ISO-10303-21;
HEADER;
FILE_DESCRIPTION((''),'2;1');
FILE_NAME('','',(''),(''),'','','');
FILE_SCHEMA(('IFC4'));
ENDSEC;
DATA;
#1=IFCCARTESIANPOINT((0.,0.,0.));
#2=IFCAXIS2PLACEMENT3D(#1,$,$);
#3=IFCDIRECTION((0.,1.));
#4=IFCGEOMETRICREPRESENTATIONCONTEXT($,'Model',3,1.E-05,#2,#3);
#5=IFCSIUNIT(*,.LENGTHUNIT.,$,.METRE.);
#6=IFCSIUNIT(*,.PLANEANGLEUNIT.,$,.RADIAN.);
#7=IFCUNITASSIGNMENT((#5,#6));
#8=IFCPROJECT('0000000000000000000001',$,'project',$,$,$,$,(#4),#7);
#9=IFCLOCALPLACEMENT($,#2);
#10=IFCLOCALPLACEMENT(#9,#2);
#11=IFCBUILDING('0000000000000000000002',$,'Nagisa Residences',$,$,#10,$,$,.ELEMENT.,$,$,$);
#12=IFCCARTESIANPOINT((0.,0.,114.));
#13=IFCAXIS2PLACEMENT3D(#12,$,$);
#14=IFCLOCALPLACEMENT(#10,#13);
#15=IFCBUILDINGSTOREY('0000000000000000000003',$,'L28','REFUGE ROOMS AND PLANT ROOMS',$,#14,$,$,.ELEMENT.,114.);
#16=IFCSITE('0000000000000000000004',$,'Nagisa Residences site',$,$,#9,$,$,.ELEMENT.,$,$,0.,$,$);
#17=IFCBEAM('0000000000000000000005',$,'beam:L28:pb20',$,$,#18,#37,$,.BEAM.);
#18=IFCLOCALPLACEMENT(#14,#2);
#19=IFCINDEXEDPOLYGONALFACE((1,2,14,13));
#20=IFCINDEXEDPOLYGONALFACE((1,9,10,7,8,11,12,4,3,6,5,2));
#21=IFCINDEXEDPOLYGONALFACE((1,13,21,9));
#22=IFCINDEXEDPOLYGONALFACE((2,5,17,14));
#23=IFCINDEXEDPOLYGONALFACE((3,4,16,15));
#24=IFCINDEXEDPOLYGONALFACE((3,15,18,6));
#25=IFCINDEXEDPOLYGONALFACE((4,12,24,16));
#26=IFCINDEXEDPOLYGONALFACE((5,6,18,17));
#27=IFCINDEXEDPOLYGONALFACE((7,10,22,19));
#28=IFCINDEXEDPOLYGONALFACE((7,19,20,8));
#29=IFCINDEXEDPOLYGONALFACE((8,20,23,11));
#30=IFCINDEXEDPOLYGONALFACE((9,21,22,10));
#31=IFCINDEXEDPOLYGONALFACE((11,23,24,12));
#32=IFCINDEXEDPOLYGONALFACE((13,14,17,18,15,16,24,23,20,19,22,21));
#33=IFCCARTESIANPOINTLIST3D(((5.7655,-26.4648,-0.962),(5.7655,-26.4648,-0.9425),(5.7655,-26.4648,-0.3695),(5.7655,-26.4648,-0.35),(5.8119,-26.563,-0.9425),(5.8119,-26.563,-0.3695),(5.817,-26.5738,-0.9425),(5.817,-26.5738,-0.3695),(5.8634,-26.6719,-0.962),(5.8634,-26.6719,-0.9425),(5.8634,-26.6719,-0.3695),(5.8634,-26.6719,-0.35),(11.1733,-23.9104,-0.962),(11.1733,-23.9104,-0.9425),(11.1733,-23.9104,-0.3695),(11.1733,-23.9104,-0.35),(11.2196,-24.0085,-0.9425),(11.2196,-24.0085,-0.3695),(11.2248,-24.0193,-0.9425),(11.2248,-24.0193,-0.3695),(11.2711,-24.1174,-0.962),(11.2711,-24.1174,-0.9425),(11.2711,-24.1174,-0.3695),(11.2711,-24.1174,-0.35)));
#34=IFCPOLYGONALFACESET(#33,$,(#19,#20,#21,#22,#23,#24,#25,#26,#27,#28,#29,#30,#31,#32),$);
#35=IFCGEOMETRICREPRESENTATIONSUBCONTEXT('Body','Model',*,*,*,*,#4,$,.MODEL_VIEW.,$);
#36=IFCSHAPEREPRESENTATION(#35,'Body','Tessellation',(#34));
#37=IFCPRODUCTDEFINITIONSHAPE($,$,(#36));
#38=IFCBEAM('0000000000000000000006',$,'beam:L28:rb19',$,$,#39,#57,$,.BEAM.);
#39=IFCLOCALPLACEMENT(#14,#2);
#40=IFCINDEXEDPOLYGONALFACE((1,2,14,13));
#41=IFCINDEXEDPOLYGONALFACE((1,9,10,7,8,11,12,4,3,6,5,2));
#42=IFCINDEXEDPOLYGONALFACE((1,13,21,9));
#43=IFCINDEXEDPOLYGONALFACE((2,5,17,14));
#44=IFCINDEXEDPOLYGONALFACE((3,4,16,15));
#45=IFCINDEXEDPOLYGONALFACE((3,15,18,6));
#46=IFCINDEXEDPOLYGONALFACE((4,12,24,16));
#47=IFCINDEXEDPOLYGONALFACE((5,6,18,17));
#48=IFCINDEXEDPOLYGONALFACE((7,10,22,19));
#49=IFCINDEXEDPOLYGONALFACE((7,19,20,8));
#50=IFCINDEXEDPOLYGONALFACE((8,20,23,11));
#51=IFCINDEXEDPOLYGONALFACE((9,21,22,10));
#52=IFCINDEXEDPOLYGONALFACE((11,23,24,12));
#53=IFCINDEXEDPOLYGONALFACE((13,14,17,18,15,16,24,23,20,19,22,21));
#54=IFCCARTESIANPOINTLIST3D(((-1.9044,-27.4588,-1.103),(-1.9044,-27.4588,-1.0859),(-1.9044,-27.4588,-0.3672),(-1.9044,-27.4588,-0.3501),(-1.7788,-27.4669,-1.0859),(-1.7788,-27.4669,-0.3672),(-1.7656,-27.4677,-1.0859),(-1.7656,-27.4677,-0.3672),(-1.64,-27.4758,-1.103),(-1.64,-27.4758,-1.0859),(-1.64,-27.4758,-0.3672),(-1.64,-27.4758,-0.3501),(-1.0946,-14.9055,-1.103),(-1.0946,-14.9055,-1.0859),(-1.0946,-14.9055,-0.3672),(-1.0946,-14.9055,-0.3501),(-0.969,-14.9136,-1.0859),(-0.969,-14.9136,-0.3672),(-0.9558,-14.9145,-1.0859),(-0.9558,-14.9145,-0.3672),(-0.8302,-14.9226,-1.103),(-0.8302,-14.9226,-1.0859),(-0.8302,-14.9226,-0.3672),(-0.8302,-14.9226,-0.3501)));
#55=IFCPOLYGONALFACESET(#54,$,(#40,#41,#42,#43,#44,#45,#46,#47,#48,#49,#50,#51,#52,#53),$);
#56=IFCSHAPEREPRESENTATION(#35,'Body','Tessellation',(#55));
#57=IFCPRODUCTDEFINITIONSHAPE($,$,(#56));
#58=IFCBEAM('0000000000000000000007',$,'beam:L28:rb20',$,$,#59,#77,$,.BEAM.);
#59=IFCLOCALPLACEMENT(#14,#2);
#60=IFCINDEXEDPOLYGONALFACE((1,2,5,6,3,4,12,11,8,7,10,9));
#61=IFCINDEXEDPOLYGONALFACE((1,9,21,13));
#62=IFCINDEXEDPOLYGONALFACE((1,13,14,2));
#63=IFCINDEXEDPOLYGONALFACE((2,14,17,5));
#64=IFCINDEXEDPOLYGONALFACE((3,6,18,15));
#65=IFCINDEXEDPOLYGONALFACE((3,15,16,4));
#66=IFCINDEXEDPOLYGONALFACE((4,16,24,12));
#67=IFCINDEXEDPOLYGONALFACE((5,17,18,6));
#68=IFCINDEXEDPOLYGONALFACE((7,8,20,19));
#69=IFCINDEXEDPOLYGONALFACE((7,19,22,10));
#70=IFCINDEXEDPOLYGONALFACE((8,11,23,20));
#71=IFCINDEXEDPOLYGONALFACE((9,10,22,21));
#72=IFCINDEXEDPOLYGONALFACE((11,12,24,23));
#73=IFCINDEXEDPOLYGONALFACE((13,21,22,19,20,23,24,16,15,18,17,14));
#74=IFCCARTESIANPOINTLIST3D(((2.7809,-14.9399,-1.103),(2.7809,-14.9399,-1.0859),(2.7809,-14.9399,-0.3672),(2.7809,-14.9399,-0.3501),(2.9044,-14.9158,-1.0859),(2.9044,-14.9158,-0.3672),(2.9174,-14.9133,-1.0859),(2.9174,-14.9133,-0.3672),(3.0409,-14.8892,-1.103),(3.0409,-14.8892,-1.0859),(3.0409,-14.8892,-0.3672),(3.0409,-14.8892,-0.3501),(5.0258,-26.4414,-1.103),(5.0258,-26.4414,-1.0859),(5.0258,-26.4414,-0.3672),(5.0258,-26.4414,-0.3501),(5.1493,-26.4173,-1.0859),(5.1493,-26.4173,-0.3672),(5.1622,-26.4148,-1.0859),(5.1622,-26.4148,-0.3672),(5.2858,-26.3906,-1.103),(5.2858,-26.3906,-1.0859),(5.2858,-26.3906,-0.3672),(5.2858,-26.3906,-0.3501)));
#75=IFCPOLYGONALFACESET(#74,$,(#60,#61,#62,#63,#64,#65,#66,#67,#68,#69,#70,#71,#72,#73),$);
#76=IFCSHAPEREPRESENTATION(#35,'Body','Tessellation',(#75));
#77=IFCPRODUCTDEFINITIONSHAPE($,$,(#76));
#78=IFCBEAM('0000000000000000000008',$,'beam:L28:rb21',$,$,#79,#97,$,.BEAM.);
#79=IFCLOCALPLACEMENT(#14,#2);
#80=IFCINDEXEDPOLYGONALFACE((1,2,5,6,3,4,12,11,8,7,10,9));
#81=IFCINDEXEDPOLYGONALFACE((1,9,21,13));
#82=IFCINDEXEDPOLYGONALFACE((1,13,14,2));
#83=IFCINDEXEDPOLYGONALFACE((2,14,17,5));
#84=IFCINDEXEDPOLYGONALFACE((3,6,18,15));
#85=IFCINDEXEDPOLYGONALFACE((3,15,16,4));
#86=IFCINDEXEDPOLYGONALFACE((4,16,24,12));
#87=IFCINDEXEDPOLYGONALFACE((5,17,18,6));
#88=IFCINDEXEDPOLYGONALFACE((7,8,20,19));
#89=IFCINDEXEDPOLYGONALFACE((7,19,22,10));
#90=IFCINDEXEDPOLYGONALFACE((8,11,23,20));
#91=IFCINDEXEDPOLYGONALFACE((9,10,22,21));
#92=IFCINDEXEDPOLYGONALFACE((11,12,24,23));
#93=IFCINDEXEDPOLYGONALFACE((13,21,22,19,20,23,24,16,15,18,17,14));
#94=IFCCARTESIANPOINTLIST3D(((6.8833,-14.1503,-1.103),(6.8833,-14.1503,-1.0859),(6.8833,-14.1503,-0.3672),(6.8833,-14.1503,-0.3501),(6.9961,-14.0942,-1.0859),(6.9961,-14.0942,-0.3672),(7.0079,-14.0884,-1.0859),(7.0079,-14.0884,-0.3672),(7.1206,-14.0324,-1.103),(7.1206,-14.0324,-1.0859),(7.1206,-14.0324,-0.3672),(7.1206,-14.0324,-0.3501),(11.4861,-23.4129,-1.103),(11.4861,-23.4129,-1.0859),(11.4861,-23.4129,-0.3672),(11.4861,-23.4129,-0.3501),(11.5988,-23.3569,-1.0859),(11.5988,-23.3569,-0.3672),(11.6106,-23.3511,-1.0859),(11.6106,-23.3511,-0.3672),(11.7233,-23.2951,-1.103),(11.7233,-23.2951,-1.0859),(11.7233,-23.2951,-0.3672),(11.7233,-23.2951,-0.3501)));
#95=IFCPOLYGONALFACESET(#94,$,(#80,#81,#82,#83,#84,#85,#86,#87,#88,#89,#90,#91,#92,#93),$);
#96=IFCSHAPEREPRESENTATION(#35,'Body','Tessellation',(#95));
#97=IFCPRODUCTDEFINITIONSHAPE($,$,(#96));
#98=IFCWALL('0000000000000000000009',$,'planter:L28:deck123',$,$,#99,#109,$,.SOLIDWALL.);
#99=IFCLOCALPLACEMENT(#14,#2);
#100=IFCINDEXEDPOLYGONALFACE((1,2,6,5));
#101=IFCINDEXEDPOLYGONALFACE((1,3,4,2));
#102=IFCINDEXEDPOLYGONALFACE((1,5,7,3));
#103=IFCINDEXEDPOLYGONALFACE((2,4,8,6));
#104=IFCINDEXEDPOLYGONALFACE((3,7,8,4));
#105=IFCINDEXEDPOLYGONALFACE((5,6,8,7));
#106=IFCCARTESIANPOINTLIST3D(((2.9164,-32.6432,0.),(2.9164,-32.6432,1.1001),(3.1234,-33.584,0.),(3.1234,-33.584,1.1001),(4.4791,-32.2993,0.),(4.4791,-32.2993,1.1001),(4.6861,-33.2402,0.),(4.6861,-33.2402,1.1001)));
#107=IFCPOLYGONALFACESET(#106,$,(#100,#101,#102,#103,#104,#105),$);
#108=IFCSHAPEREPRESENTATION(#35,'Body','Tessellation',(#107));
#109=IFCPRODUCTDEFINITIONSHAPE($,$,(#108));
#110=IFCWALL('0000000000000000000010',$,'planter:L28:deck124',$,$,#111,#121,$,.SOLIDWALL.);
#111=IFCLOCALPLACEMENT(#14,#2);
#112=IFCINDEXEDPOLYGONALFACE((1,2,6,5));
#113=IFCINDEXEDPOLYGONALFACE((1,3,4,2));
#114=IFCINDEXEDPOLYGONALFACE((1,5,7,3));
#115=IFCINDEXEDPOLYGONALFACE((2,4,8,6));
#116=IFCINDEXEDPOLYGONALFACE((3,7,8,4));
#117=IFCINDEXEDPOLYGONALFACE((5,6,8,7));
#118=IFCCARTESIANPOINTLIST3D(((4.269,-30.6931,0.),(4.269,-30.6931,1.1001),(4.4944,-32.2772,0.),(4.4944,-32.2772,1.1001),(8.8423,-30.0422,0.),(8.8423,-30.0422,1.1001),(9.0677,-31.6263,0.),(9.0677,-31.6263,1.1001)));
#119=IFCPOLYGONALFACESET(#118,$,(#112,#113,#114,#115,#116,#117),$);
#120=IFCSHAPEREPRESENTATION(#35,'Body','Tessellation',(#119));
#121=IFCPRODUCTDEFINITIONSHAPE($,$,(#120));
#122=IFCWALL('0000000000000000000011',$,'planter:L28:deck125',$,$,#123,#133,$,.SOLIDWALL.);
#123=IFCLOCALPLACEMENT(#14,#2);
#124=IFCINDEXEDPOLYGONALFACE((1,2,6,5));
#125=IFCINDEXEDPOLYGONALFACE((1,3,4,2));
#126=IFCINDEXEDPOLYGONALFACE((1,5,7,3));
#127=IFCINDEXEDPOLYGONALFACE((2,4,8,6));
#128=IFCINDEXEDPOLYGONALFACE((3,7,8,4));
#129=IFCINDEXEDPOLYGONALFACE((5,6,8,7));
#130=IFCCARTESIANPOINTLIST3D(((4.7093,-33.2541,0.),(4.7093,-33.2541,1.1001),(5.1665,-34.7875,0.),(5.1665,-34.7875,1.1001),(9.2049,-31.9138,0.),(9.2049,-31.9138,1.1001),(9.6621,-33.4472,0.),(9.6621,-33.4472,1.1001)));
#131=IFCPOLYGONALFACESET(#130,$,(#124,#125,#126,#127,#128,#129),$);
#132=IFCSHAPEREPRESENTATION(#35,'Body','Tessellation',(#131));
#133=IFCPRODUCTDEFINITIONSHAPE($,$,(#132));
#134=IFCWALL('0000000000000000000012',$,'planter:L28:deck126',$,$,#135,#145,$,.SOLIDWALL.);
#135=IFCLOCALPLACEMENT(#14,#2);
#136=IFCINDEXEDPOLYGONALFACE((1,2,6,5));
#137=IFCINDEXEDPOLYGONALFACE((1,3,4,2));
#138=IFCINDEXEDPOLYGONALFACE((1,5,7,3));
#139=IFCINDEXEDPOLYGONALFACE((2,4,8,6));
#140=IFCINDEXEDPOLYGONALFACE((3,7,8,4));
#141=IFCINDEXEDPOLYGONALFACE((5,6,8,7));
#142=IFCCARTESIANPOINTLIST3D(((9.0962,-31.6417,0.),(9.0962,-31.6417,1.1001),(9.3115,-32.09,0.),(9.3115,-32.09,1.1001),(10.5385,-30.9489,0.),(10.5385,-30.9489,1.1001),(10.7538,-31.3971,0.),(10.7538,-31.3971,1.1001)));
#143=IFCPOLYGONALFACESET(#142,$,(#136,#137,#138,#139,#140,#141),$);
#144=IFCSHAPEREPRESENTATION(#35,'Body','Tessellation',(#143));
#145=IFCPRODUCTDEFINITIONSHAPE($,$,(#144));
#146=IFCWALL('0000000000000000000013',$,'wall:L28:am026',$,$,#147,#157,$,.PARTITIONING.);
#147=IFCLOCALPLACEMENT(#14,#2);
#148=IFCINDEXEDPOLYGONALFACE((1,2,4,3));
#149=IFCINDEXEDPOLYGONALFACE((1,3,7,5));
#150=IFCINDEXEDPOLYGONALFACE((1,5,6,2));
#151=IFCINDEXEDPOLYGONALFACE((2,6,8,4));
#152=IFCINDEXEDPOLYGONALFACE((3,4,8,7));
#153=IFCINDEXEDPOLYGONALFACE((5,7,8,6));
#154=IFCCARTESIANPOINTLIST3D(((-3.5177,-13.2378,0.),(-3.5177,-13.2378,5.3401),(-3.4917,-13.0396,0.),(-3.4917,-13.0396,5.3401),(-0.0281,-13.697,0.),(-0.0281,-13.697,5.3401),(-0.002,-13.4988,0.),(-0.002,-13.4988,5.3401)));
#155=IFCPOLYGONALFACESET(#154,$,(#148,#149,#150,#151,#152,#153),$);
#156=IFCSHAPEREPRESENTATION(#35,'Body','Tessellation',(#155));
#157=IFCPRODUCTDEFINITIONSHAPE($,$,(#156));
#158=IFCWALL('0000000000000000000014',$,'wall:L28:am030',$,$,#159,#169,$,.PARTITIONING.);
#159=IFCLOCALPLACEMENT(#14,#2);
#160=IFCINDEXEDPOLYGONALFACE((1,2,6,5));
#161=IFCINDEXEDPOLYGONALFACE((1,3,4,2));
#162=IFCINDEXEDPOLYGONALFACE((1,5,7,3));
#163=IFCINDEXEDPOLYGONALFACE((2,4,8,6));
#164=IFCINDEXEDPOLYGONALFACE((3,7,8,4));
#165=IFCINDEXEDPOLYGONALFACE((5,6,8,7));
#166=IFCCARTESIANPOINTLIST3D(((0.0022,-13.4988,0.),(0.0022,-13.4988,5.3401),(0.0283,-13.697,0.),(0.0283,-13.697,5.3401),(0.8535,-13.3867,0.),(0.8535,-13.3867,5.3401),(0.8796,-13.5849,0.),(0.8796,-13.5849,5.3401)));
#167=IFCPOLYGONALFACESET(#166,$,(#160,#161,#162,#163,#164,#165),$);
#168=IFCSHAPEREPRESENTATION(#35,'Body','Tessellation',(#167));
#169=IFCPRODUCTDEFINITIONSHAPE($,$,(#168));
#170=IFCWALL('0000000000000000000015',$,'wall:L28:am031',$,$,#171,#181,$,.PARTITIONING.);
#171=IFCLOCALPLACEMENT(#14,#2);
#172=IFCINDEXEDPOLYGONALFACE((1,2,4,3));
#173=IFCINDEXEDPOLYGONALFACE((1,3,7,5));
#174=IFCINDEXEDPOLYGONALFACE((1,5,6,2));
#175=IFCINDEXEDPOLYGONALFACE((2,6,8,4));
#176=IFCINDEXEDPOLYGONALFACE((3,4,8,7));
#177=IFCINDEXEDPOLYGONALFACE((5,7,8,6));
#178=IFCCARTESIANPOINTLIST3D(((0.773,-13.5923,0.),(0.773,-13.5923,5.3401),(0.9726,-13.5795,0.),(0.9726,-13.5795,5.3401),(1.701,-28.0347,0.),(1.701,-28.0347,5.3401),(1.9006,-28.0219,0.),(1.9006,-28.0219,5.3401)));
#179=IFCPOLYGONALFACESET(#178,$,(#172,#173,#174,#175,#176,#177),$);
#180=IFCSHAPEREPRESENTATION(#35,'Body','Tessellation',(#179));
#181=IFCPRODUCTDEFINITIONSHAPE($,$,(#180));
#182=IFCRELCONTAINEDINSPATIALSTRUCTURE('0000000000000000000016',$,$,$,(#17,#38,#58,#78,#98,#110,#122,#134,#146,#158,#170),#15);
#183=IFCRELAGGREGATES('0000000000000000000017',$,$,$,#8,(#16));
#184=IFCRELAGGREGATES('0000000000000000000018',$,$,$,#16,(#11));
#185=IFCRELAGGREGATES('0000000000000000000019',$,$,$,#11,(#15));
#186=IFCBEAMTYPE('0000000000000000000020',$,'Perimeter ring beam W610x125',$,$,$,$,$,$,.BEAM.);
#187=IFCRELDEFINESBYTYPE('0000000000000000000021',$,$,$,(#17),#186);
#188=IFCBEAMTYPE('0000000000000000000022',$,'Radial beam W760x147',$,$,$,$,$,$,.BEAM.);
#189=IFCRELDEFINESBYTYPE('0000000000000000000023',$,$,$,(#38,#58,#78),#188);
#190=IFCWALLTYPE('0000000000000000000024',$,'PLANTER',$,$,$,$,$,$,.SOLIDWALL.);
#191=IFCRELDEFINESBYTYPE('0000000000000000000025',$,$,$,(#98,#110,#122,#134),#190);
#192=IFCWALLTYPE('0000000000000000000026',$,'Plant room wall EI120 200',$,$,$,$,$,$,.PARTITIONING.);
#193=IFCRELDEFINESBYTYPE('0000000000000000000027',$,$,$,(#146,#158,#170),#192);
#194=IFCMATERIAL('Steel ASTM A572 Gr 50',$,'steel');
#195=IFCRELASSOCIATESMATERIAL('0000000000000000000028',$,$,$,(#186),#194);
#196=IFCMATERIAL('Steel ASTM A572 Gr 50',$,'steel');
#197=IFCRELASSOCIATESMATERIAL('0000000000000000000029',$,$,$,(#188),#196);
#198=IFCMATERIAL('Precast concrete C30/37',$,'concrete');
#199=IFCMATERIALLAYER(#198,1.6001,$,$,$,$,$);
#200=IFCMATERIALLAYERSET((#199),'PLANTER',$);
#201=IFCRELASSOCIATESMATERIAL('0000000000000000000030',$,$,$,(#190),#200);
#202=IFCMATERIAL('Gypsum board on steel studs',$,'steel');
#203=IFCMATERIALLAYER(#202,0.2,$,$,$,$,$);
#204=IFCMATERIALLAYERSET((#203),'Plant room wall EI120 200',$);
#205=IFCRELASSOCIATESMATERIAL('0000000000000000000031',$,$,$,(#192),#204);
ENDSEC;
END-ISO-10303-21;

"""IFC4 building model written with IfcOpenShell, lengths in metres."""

from ifc_helpers import new_model, si_unit, direction, frame, frame_2d, origin, origin_2d, place, context, subcontext, project, spatial, rectangle, i_section, extrude, material, layer, layer_set, material_profile, profile_set, type_object, element, save


model = new_model("IFC4")

# Units and contexts
model_context = context("Model", 3, precision=1e-05, world=origin(), true_north=direction((0.0, 1.0)))
body_context = subcontext(model_context, "Body", "Model", "MODEL_VIEW")
ifc_project = project(units=[si_unit("LENGTHUNIT", "METRE"), si_unit("PLANEANGLEUNIT", "RADIAN")], contexts=[model_context])

# Site, building, storey
site_placement = place(None, origin())
site = spatial("IfcSite", under=ifc_project, at=site_placement, Name="Nagisa Residences site", CompositionType="ELEMENT", RefElevation=0.0)
building_placement = place(site_placement, origin())
building = spatial("IfcBuilding", under=site, at=building_placement, Name="Nagisa Residences", CompositionType="ELEMENT")
storey_placement = place(building_placement, frame((0.0, 0.0, 114.0)))
storey = spatial("IfcBuildingStorey", under=building, at=storey_placement, Name="L28", Description="REFUGE ROOMS AND PLANT ROOMS", CompositionType="ELEMENT", Elevation=114.0)

# Beams
ifc_material_1 = material(Name="Steel ASTM A572 Gr 50", Category="steel")
ifc_material_profile_1 = material_profile(ifc_material_1, i_section(OverallWidth=0.229, OverallDepth=0.6121, WebThickness=0.012, FlangeThickness=0.0195, at=origin_2d()), Name="W610x125")
ifc_profile_set_1 = profile_set([ifc_material_profile_1], Name="Steel ASTM A572 Gr 50")
beam_type_1 = type_object("IfcBeamType", Name="Perimeter ring beam W610x125", PredefinedType="BEAM", material=ifc_profile_set_1)
beam_1_placement = place(storey_placement, frame((5.8145, -26.5684, -0.656), z_axis=(0.904197, 0.427116, 0.0), x_axis=(-0.427116, 0.904197, 0.0)))
element("IfcBeam", 1, at=beam_1_placement, inside=storey, type_object=beam_type_1, Name="beam:L28:pb20", PredefinedType="BEAM", context=body_context, shape_type="SweptSolid", body=[
    extrude(i_section(OverallWidth=0.229, OverallDepth=0.6121, WebThickness=0.012, FlangeThickness=0.0195, at=origin_2d()), origin(), (0.0, 0.0, 1.0), 5.9807),
])
ifc_material_2 = material(Name="Steel ASTM A572 Gr 50", Category="steel")
ifc_material_profile_2 = material_profile(ifc_material_2, i_section(OverallWidth=0.2649, OverallDepth=0.7529, WebThickness=0.0132, FlangeThickness=0.0171, at=origin_2d()), Name="W760x147")
ifc_profile_set_2 = profile_set([ifc_material_profile_2], Name="Steel ASTM A572 Gr 50")
beam_type_2 = type_object("IfcBeamType", Name="Radial beam W760x147", PredefinedType="BEAM", material=ifc_profile_set_2)
beam_2_placement = place(storey_placement, frame((-1.7722, -27.4673, -0.7266), z_axis=(0.064377, 0.997926, 0.0), x_axis=(-0.997926, 0.064377, 0.0)))
element("IfcBeam", 2, at=beam_2_placement, inside=storey, type_object=beam_type_2, Name="beam:L28:rb19", PredefinedType="BEAM", context=body_context, shape_type="SweptSolid", body=[
    extrude(i_section(OverallWidth=0.2649, OverallDepth=0.7529, WebThickness=0.0132, FlangeThickness=0.0171, at=origin_2d()), origin(), (0.0, 0.0, 1.0), 12.5793),
])
beam_3_placement = place(storey_placement, frame((5.1558, -26.416, -0.7266), z_axis=(-0.191567, 0.98148, 0.0), x_axis=(-0.98148, -0.191567, 0.0)))
element("IfcBeam", 3, at=beam_3_placement, inside=storey, type_object=beam_type_2, Name="beam:L28:rb20", PredefinedType="BEAM", context=body_context, shape_type="SweptSolid", body=[
    extrude(i_section(OverallWidth=0.2649, OverallDepth=0.7529, WebThickness=0.0132, FlangeThickness=0.0171, at=origin_2d()), origin(), (0.0, 0.0, 1.0), 11.7185),
])
beam_4_placement = place(storey_placement, frame((11.6047, -23.354, -0.7266), z_axis=(-0.445003, 0.895529, 0.0), x_axis=(-0.895529, -0.445003, 0.0)))
element("IfcBeam", 4, at=beam_4_placement, inside=storey, type_object=beam_type_2, Name="beam:L28:rb21", PredefinedType="BEAM", context=body_context, shape_type="SweptSolid", body=[
    extrude(i_section(OverallWidth=0.2649, OverallDepth=0.7529, WebThickness=0.0132, FlangeThickness=0.0171, at=origin_2d()), origin(), (0.0, 0.0, 1.0), 10.3433),
])

# Walls
ifc_material_3 = material(Name="Precast concrete C30/37", Category="concrete")
ifc_layer_1 = layer(ifc_material_3, 1.6001)
ifc_layer_set_1 = layer_set([ifc_layer_1], Name="PLANTER")
wall_type_1 = type_object("IfcWallType", Name="PLANTER", PredefinedType="SOLIDWALL", material=ifc_layer_set_1)
wall_1_placement = place(storey_placement, frame((3.9048, -33.4121, 0.0), z_axis=(0.0, 0.0, 1.0), x_axis=(-0.214891, 0.976638, 0.0)))
element("IfcWall", 5, at=wall_1_placement, inside=storey, type_object=wall_type_1, Name="planter:L28:deck123", PredefinedType="SOLIDWALL", context=body_context, shape_type="SweptSolid", body=[
    extrude(rectangle(XDim=0.9634, YDim=1.6001, at=frame_2d((0.4817, 0.0))), origin(), (0.0, 0.0, 1.0), 1.1001),
])
wall_2_placement = place(storey_placement, frame((4.3818, -31.4851, 0.0), z_axis=(0.0, 0.0, 1.0), x_axis=(0.990023, 0.140903, 0.0)))
element("IfcWall", 6, at=wall_2_placement, inside=storey, type_object=wall_type_1, Name="planter:L28:deck124", PredefinedType="SOLIDWALL", context=body_context, shape_type="SweptSolid", body=[
    extrude(rectangle(XDim=4.6194, YDim=1.6001, at=frame_2d((2.3096, 0.0))), origin(), (0.0, 0.0, 1.0), 1.1001),
])
wall_3_placement = place(storey_placement, frame((9.4336, -32.6804, 0.0), z_axis=(0.0, 0.0, 1.0), x_axis=(-0.958315, -0.285715, 0.0)))
element("IfcWall", 7, at=wall_3_placement, inside=storey, type_object=wall_type_1, Name="planter:L28:deck125", PredefinedType="SOLIDWALL", context=body_context, shape_type="SweptSolid", body=[
    extrude(rectangle(XDim=4.6912, YDim=1.6001, at=frame_2d((2.3457, 0.0))), origin(), (0.0, 0.0, 1.0), 1.1001),
])
wall_4_placement = place(storey_placement, frame((9.8174, -31.2954, 0.0), z_axis=(0.0, 0.0, 1.0), x_axis=(0.433018, -0.901385, 0.0)))
element("IfcWall", 8, at=wall_4_placement, inside=storey, type_object=wall_type_1, Name="planter:L28:deck126", PredefinedType="SOLIDWALL", context=body_context, shape_type="SweptSolid", body=[
    extrude(rectangle(XDim=0.4973, YDim=1.6001, at=frame_2d((0.2485, 0.0))), origin(), (0.0, 0.0, 1.0), 1.1001),
])
ifc_material_4 = material(Name="Gypsum board on steel studs", Category="steel")
ifc_layer_2 = layer(ifc_material_4, 0.2)
ifc_layer_set_2 = layer_set([ifc_layer_2], Name="Plant room wall EI120 200")
wall_type_2 = type_object("IfcWallType", Name="Plant room wall EI120 200", PredefinedType="PARTITIONING", material=ifc_layer_set_2)
wall_5_placement = place(storey_placement, frame((-0.0151, -13.5979, 0.0), z_axis=(0.0, 0.0, 1.0), x_axis=(-0.991452, 0.130469, 0.0)))
element("IfcWall", 9, at=wall_5_placement, inside=storey, type_object=wall_type_2, Name="wall:L28:am026", PredefinedType="PARTITIONING", context=body_context, shape_type="SweptSolid", body=[
    extrude(rectangle(XDim=3.5198, YDim=0.2, at=frame_2d((1.7598, 0.0))), origin(), (0.0, 0.0, 1.0), 5.3401),
])
wall_6_placement = place(storey_placement, frame((0.8665, -13.4858, 0.0), z_axis=(0.0, 0.0, 1.0), x_axis=(-0.991448, -0.130506, 0.0)))
element("IfcWall", 10, at=wall_6_placement, inside=storey, type_object=wall_type_2, Name="wall:L28:am030", PredefinedType="PARTITIONING", context=body_context, shape_type="SweptSolid", body=[
    extrude(rectangle(XDim=0.8586, YDim=0.2, at=frame_2d((0.4292, 0.0))), origin(), (0.0, 0.0, 1.0), 5.3401),
])
wall_7_placement = place(storey_placement, frame((0.8728, -13.5859, 0.0), z_axis=(0.0, 0.0, 1.0), x_axis=(0.064122, -0.997942, 0.0)))
element("IfcWall", 11, at=wall_7_placement, inside=storey, type_object=wall_type_2, Name="wall:L28:am031", PredefinedType="PARTITIONING", context=body_context, shape_type="SweptSolid", body=[
    extrude(rectangle(XDim=14.4722, YDim=0.2, at=frame_2d((7.2361, 0.0))), origin(), (0.0, 0.0, 1.0), 5.3401),
])

save(model, "model.ifc")
